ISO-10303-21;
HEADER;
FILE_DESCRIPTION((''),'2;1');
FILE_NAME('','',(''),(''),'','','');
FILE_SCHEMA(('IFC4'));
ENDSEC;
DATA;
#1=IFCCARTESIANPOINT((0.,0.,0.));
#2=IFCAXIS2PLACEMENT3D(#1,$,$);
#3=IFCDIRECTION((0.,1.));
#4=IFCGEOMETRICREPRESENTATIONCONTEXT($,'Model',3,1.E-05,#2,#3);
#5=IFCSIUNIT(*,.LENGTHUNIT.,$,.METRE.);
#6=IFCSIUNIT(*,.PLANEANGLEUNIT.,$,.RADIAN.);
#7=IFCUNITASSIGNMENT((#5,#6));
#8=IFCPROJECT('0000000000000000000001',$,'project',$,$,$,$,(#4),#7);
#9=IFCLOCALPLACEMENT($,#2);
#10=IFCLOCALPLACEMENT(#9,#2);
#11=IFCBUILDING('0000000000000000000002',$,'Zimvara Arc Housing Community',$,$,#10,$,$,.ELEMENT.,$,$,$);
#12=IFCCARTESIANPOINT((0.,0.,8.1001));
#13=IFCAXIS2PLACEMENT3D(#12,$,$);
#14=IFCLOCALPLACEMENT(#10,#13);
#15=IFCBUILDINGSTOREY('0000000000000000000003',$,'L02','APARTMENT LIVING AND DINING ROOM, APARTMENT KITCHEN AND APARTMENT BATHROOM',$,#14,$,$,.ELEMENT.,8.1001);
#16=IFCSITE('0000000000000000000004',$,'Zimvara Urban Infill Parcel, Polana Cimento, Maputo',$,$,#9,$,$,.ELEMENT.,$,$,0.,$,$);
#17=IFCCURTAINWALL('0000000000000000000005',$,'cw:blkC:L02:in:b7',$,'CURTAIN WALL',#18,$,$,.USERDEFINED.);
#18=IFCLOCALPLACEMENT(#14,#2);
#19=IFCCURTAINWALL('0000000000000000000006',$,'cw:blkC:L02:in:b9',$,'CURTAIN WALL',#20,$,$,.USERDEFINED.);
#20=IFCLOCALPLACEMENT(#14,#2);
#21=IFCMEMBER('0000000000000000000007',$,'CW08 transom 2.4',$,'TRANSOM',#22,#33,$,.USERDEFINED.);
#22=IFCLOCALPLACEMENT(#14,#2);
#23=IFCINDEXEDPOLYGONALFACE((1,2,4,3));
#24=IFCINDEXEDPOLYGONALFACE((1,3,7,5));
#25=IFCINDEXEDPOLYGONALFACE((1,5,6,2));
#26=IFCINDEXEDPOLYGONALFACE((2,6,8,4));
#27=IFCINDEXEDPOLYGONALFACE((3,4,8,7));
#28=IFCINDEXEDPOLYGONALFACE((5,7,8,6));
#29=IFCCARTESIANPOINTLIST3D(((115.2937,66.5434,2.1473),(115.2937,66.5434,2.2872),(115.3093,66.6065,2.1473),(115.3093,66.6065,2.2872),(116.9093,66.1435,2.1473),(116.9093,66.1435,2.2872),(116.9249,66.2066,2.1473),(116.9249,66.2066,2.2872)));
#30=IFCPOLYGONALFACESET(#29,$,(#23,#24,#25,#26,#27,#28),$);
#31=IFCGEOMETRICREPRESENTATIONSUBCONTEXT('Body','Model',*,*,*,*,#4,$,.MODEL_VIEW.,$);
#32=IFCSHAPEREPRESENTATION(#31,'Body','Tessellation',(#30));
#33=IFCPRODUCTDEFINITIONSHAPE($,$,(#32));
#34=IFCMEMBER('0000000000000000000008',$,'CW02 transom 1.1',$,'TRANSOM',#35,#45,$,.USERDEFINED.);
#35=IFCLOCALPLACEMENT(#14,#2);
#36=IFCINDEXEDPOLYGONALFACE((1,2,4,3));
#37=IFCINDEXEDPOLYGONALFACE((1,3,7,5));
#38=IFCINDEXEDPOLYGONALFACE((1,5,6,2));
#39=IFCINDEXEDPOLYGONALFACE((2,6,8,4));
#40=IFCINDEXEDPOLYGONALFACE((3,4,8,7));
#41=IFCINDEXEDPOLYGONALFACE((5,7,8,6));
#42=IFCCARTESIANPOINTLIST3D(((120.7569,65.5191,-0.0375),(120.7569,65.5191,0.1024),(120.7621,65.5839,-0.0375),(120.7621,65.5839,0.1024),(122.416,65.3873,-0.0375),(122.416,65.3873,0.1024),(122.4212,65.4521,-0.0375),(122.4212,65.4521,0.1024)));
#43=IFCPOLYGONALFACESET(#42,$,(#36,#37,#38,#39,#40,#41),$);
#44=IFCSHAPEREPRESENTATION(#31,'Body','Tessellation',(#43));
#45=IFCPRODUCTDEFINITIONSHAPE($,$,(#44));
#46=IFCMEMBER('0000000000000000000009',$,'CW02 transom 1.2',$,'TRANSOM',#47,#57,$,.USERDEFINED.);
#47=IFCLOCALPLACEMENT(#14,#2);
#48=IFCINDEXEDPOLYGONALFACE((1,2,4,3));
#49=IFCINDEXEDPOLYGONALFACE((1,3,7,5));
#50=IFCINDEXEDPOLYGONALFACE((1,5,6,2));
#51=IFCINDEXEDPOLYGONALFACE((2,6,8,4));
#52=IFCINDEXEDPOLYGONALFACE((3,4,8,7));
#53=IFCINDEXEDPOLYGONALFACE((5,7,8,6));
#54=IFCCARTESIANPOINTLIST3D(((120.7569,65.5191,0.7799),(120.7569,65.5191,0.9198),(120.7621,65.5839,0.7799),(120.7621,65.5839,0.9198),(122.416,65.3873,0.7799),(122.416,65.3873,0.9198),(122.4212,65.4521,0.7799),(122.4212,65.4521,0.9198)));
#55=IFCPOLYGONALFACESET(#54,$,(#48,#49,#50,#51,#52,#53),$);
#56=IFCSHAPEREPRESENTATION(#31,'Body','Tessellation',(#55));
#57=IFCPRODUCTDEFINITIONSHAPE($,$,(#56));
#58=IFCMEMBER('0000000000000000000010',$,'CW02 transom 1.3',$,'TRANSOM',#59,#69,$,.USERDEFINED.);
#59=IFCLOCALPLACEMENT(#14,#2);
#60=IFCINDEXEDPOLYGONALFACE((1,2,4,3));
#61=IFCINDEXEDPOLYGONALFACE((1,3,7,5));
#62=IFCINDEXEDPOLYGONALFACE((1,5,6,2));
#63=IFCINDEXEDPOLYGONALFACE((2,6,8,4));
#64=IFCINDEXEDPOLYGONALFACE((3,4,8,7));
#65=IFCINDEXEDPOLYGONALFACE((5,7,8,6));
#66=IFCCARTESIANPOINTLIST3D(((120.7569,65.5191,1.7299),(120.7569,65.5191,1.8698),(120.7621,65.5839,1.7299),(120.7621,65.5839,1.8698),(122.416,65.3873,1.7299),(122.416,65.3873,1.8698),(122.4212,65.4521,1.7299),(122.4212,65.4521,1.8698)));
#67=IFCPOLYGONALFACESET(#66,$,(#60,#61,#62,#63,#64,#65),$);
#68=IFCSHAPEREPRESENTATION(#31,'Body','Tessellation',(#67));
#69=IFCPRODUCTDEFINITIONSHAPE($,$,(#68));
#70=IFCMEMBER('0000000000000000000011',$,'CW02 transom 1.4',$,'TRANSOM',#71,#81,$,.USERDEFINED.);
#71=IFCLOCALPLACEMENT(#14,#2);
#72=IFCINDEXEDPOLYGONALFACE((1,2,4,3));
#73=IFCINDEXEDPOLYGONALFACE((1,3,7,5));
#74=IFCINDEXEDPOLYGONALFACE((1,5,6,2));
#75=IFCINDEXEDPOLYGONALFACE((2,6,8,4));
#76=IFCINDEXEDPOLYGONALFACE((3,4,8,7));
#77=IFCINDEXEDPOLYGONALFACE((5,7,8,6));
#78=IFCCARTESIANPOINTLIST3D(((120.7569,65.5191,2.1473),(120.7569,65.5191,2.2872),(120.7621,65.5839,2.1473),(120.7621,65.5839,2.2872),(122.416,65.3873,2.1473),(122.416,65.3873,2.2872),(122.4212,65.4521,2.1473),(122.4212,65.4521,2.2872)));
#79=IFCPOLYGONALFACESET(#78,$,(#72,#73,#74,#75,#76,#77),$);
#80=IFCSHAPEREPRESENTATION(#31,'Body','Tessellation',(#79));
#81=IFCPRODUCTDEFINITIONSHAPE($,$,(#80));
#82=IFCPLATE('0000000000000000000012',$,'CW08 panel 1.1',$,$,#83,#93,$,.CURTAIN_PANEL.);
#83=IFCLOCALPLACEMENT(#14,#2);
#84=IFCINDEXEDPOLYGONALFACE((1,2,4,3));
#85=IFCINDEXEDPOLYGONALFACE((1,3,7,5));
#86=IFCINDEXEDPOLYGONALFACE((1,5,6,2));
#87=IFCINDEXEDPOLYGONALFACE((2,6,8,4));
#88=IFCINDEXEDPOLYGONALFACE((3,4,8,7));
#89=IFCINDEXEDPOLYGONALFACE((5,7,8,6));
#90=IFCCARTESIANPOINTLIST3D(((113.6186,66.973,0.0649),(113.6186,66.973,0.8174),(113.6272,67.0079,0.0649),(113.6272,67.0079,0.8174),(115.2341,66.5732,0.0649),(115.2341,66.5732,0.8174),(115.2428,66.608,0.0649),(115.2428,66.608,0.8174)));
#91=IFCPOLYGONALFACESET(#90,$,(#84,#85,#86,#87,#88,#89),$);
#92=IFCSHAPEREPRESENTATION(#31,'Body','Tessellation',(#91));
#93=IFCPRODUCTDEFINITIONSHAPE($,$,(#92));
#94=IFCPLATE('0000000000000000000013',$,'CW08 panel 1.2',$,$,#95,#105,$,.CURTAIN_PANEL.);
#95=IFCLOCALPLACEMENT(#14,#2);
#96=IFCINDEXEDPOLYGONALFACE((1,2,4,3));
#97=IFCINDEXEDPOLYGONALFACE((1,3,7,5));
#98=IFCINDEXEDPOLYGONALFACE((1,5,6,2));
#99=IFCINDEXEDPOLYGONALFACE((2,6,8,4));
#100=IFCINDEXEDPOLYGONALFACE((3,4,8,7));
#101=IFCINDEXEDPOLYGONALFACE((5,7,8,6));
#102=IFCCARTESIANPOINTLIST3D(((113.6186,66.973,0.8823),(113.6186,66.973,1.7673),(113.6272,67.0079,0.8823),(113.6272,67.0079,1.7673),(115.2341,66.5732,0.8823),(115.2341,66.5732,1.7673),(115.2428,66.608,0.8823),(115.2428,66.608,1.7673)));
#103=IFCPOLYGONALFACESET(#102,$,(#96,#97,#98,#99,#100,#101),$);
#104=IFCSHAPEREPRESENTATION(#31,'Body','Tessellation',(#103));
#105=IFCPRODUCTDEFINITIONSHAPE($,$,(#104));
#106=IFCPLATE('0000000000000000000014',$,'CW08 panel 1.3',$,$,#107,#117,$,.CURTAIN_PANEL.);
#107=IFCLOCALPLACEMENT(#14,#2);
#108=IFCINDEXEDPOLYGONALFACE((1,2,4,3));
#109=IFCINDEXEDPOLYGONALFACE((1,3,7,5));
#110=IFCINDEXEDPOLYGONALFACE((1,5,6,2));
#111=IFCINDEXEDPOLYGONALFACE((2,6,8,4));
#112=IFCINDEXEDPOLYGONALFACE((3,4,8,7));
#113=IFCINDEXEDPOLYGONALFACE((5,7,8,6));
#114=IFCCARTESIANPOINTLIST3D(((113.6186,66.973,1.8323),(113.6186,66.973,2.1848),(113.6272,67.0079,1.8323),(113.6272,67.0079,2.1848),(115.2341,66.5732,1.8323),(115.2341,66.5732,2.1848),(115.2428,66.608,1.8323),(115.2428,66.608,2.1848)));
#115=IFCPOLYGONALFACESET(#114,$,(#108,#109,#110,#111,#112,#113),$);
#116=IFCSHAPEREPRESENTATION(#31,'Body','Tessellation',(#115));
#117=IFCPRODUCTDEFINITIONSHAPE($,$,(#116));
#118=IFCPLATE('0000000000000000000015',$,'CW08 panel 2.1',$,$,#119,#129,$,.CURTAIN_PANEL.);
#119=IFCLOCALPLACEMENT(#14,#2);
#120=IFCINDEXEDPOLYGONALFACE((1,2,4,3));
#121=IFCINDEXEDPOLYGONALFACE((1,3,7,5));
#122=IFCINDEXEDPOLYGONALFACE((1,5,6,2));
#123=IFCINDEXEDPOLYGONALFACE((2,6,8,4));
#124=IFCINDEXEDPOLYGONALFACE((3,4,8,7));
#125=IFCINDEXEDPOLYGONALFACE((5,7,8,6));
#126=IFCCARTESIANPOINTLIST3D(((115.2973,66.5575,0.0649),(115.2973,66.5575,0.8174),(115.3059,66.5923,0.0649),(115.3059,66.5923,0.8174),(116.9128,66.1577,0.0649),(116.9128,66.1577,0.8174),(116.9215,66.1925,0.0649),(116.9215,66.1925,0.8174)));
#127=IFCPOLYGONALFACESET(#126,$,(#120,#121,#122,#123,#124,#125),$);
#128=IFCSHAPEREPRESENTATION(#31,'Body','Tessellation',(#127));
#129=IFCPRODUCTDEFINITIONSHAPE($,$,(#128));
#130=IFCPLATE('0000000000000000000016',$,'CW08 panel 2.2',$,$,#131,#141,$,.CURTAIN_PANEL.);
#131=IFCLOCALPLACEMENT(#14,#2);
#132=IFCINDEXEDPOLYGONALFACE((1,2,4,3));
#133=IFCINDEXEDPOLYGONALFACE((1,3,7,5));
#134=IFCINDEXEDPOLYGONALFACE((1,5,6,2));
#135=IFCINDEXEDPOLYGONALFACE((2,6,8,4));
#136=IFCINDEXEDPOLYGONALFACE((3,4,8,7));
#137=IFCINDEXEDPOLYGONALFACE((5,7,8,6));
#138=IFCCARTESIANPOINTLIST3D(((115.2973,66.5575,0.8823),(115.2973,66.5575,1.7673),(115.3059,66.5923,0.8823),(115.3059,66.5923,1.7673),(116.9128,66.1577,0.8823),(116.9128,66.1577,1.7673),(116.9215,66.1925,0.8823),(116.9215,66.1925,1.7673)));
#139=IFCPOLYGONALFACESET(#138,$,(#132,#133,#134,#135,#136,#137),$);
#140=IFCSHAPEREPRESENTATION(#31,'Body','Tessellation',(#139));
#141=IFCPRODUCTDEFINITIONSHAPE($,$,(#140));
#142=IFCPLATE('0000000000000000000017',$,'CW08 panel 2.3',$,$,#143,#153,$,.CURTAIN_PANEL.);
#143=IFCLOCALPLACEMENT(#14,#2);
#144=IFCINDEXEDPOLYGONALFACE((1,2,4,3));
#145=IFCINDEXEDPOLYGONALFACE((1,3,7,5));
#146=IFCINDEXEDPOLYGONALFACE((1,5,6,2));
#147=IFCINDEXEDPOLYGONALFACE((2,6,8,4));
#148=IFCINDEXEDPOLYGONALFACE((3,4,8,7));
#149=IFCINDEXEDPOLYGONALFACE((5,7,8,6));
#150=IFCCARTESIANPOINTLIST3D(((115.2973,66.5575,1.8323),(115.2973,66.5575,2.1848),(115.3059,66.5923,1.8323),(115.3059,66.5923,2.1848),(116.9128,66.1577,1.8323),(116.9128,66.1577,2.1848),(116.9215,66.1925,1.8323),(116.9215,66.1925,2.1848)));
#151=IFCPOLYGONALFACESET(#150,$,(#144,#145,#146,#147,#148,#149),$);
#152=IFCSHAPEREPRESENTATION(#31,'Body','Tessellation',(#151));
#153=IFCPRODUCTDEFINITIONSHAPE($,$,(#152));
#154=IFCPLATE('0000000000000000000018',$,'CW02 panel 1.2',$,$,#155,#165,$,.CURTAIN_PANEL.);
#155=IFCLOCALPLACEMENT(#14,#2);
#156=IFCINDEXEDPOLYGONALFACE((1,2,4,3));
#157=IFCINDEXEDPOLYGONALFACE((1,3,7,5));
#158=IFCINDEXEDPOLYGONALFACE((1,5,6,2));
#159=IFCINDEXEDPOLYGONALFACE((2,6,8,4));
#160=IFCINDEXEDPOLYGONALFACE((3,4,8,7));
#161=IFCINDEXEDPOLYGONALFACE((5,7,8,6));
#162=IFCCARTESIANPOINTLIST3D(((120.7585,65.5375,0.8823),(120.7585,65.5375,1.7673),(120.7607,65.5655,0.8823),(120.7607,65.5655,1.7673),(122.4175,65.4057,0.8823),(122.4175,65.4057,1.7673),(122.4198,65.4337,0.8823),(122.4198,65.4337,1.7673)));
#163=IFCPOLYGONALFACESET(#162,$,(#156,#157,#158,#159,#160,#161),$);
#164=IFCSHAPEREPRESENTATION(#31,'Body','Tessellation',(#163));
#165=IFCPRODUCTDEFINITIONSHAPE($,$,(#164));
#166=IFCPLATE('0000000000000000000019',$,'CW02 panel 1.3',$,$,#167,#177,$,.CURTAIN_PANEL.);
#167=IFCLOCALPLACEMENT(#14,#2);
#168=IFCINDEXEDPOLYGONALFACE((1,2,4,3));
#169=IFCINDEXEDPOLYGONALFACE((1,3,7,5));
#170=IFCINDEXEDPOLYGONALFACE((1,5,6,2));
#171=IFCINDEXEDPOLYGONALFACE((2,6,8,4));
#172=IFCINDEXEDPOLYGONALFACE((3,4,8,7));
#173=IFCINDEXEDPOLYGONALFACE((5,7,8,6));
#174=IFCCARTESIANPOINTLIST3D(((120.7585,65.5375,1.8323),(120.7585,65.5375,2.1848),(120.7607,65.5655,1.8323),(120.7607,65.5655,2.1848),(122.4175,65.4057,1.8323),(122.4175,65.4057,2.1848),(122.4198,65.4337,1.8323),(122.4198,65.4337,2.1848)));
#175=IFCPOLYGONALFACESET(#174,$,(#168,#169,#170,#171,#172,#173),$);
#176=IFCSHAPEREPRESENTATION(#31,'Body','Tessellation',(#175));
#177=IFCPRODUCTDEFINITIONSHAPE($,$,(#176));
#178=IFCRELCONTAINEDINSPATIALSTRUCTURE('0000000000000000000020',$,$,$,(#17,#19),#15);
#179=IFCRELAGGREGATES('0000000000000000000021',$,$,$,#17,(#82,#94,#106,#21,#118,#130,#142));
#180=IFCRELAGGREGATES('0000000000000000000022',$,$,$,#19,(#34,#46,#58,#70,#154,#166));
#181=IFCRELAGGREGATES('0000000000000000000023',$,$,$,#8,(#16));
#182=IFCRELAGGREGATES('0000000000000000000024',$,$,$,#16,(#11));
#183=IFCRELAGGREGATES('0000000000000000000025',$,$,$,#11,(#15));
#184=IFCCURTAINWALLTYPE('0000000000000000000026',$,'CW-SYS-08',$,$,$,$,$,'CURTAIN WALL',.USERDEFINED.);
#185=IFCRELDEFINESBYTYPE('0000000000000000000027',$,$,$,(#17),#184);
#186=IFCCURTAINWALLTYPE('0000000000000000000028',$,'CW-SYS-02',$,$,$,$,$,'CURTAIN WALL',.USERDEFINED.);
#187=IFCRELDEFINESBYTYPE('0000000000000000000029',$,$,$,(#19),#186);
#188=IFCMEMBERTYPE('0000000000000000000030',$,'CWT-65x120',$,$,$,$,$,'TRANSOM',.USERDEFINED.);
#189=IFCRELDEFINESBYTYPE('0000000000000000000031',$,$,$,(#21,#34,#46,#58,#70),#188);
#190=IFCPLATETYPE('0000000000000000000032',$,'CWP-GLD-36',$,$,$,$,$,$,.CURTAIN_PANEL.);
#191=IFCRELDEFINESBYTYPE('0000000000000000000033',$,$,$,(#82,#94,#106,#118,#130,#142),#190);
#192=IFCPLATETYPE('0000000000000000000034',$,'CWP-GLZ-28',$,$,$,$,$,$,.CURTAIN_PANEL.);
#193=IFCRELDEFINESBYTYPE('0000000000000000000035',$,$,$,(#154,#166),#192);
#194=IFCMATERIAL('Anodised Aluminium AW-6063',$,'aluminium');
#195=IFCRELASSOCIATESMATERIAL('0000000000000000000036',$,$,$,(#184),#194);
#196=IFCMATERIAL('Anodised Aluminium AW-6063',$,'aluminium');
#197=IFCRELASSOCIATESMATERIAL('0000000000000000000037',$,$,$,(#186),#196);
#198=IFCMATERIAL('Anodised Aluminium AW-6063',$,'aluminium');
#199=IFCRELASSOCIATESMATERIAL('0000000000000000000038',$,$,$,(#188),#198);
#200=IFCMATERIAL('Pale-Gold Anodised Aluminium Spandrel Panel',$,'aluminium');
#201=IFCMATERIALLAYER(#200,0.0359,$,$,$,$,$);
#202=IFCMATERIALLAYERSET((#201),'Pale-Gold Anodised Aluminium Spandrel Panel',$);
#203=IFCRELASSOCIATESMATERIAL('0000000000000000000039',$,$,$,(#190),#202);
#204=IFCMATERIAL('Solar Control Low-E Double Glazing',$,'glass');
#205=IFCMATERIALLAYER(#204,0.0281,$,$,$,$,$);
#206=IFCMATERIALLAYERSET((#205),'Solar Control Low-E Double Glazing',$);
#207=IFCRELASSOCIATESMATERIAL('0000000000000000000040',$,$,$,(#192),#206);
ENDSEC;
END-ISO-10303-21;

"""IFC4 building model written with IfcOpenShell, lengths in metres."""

from ifc_helpers import new_model, si_unit, direction, frame, origin, origin_2d, place, context, subcontext, project, spatial, rectangle, extrude, material, layer, layer_set, material_profile, profile_set, type_object, element, aggregate, save


model = new_model("IFC4")

# Units and contexts
model_context = context("Model", 3, precision=1e-05, world=origin(), true_north=direction((0.0, 1.0)))
body_context = subcontext(model_context, "Body", "Model", "MODEL_VIEW")
ifc_project = project(units=[si_unit("LENGTHUNIT", "METRE"), si_unit("PLANEANGLEUNIT", "RADIAN")], contexts=[model_context])

# Site, building, storey
site_placement = place(None, origin())
site = spatial("IfcSite", under=ifc_project, at=site_placement, Name="Zimvara Urban Infill Parcel, Polana Cimento, Maputo", CompositionType="ELEMENT", RefElevation=0.0)
building_placement = place(site_placement, origin())
building = spatial("IfcBuilding", under=site, at=building_placement, Name="Zimvara Arc Housing Community", CompositionType="ELEMENT")
storey_placement = place(building_placement, frame((0.0, 0.0, 8.1001)))
storey = spatial("IfcBuildingStorey", under=building, at=storey_placement, Name="L02", Description="APARTMENT LIVING AND DINING ROOM, APARTMENT KITCHEN AND APARTMENT BATHROOM", CompositionType="ELEMENT", Elevation=8.1001)

# Curtain wall
ifc_material_1 = material(Name="Anodised Aluminium AW-6063", Category="aluminium")
curtain_wall_type_1 = type_object("IfcCurtainWallType", Name="CW-SYS-08", ElementType="CURTAIN WALL", PredefinedType="USERDEFINED", material=ifc_material_1)
curtain_wall_1_placement = place(storey_placement, origin())
curtain_wall_1 = element("IfcCurtainWall", 1, at=curtain_wall_1_placement, inside=storey, type_object=curtain_wall_type_1, Name="cw:blkC:L02:in:b7", ObjectType="CURTAIN WALL", PredefinedType="USERDEFINED")

# Curtain wall
ifc_material_2 = material(Name="Anodised Aluminium AW-6063", Category="aluminium")
curtain_wall_type_2 = type_object("IfcCurtainWallType", Name="CW-SYS-02", ElementType="CURTAIN WALL", PredefinedType="USERDEFINED", material=ifc_material_2)
curtain_wall_2_placement = place(storey_placement, origin())
curtain_wall_2 = element("IfcCurtainWall", 2, at=curtain_wall_2_placement, inside=storey, type_object=curtain_wall_type_2, Name="cw:blkC:L02:in:b9", ObjectType="CURTAIN WALL", PredefinedType="USERDEFINED")

# Members
ifc_material_3 = material(Name="Anodised Aluminium AW-6063", Category="aluminium")
ifc_material_profile_1 = material_profile(ifc_material_3, rectangle(XDim=0.0649, YDim=0.1399, at=origin_2d()), Name="ALU 65x140")
ifc_profile_set_1 = profile_set([ifc_material_profile_1], Name="Anodised Aluminium AW-6063")
member_type_1 = type_object("IfcMemberType", Name="CWT-65x120", ElementType="TRANSOM", PredefinedType="USERDEFINED", material=ifc_profile_set_1)
member_1_placement = place(storey_placement, frame((115.3015, 66.575, 2.2173), z_axis=(0.970701, -0.240291, 0.0), x_axis=(0.240291, 0.970701, 0.0)))
member_1 = element("IfcMember", 3, at=member_1_placement, type_object=member_type_1, Name="CW08 transom 2.4", ObjectType="TRANSOM", PredefinedType="USERDEFINED", context=body_context, shape_type="SweptSolid", body=[
    extrude(rectangle(XDim=0.0649, YDim=0.1399, at=origin_2d()), origin(), (0.0, 0.0, 1.0), 1.6643),
])
member_2_placement = place(storey_placement, frame((120.7595, 65.5515, 0.0325), z_axis=(0.996858, -0.079209, 0.0), x_axis=(0.079209, 0.996858, 0.0)))
member_2 = element("IfcMember", 4, at=member_2_placement, type_object=member_type_1, Name="CW02 transom 1.1", ObjectType="TRANSOM", PredefinedType="USERDEFINED", context=body_context, shape_type="SweptSolid", body=[
    extrude(rectangle(XDim=0.0649, YDim=0.1399, at=origin_2d()), origin(), (0.0, 0.0, 1.0), 1.6643),
])
member_3_placement = place(storey_placement, frame((120.7595, 65.5515, 0.8499), z_axis=(0.996858, -0.079209, 0.0), x_axis=(0.079209, 0.996858, 0.0)))
member_3 = element("IfcMember", 5, at=member_3_placement, type_object=member_type_1, Name="CW02 transom 1.2", ObjectType="TRANSOM", PredefinedType="USERDEFINED", context=body_context, shape_type="SweptSolid", body=[
    extrude(rectangle(XDim=0.0649, YDim=0.1399, at=origin_2d()), origin(), (0.0, 0.0, 1.0), 1.6643),
])
member_4_placement = place(storey_placement, frame((120.7595, 65.5515, 1.7998), z_axis=(0.996858, -0.079209, 0.0), x_axis=(0.079209, 0.996858, 0.0)))
member_4 = element("IfcMember", 6, at=member_4_placement, type_object=member_type_1, Name="CW02 transom 1.3", ObjectType="TRANSOM", PredefinedType="USERDEFINED", context=body_context, shape_type="SweptSolid", body=[
    extrude(rectangle(XDim=0.0649, YDim=0.1399, at=origin_2d()), origin(), (0.0, 0.0, 1.0), 1.6643),
])
member_5_placement = place(storey_placement, frame((120.7595, 65.5515, 2.2173), z_axis=(0.996858, -0.079209, 0.0), x_axis=(0.079209, 0.996858, 0.0)))
member_5 = element("IfcMember", 7, at=member_5_placement, type_object=member_type_1, Name="CW02 transom 1.4", ObjectType="TRANSOM", PredefinedType="USERDEFINED", context=body_context, shape_type="SweptSolid", body=[
    extrude(rectangle(XDim=0.0649, YDim=0.1399, at=origin_2d()), origin(), (0.0, 0.0, 1.0), 1.6643),
])

# Plates
ifc_material_4 = material(Name="Pale-Gold Anodised Aluminium Spandrel Panel", Category="aluminium")
ifc_layer_1 = layer(ifc_material_4, 0.0359)
ifc_layer_set_1 = layer_set([ifc_layer_1], Name="Pale-Gold Anodised Aluminium Spandrel Panel")
plate_type_1 = type_object("IfcPlateType", Name="CWP-GLD-36", PredefinedType="CURTAIN_PANEL", material=ifc_layer_set_1)
plate_1_placement = place(storey_placement, frame((114.4307, 66.7905, 0.0649), z_axis=(0.0, 0.0, 1.0), x_axis=(0.970717, -0.240228, 0.0)))
plate_1 = element("IfcPlate", 8, at=plate_1_placement, type_object=plate_type_1, Name="CW08 panel 1.1", PredefinedType="CURTAIN_PANEL", context=body_context, shape_type="SweptSolid", body=[
    extrude(rectangle(XDim=1.6643, YDim=0.0359, at=origin_2d()), origin(), (0.0, 0.0, 1.0), 0.7524),
])
plate_2_placement = place(storey_placement, frame((114.4307, 66.7905, 0.8823), z_axis=(0.0, 0.0, 1.0), x_axis=(0.970717, -0.240228, 0.0)))
plate_2 = element("IfcPlate", 9, at=plate_2_placement, type_object=plate_type_1, Name="CW08 panel 1.2", PredefinedType="CURTAIN_PANEL", context=body_context, shape_type="SweptSolid", body=[
    extrude(rectangle(XDim=1.6643, YDim=0.0359, at=origin_2d()), origin(), (0.0, 0.0, 1.0), 0.885),
])
plate_3_placement = place(storey_placement, frame((114.4307, 66.7905, 1.8323), z_axis=(0.0, 0.0, 1.0), x_axis=(0.970717, -0.240228, 0.0)))
plate_3 = element("IfcPlate", 10, at=plate_3_placement, type_object=plate_type_1, Name="CW08 panel 1.3", PredefinedType="CURTAIN_PANEL", context=body_context, shape_type="SweptSolid", body=[
    extrude(rectangle(XDim=1.6643, YDim=0.0359, at=origin_2d()), origin(), (0.0, 0.0, 1.0), 0.3525),
])
plate_4_placement = place(storey_placement, frame((116.1094, 66.375, 0.0649), z_axis=(0.0, 0.0, 1.0), x_axis=(0.970717, -0.240228, 0.0)))
plate_4 = element("IfcPlate", 11, at=plate_4_placement, type_object=plate_type_1, Name="CW08 panel 2.1", PredefinedType="CURTAIN_PANEL", context=body_context, shape_type="SweptSolid", body=[
    extrude(rectangle(XDim=1.6643, YDim=0.0359, at=origin_2d()), origin(), (0.0, 0.0, 1.0), 0.7524),
])
plate_5_placement = place(storey_placement, frame((116.1094, 66.375, 0.8823), z_axis=(0.0, 0.0, 1.0), x_axis=(0.970717, -0.240228, 0.0)))
plate_5 = element("IfcPlate", 12, at=plate_5_placement, type_object=plate_type_1, Name="CW08 panel 2.2", PredefinedType="CURTAIN_PANEL", context=body_context, shape_type="SweptSolid", body=[
    extrude(rectangle(XDim=1.6643, YDim=0.0359, at=origin_2d()), origin(), (0.0, 0.0, 1.0), 0.885),
])
plate_6_placement = place(storey_placement, frame((116.1094, 66.375, 1.8323), z_axis=(0.0, 0.0, 1.0), x_axis=(0.970717, -0.240228, 0.0)))
plate_6 = element("IfcPlate", 13, at=plate_6_placement, type_object=plate_type_1, Name="CW08 panel 2.3", PredefinedType="CURTAIN_PANEL", context=body_context, shape_type="SweptSolid", body=[
    extrude(rectangle(XDim=1.6643, YDim=0.0359, at=origin_2d()), origin(), (0.0, 0.0, 1.0), 0.3525),
])
aggregate(curtain_wall_1, [plate_1, plate_2, plate_3, member_1, plate_4, plate_5, plate_6])
ifc_material_5 = material(Name="Solar Control Low-E Double Glazing", Category="glass")
ifc_layer_2 = layer(ifc_material_5, 0.0281)
ifc_layer_set_2 = layer_set([ifc_layer_2], Name="Solar Control Low-E Double Glazing")
plate_type_2 = type_object("IfcPlateType", Name="CWP-GLZ-28", PredefinedType="CURTAIN_PANEL", material=ifc_layer_set_2)
plate_7_placement = place(storey_placement, frame((121.5891, 65.4856, 0.8823), z_axis=(0.0, 0.0, 1.0), x_axis=(0.996862, -0.079155, 0.0)))
plate_7 = element("IfcPlate", 14, at=plate_7_placement, type_object=plate_type_2, Name="CW02 panel 1.2", PredefinedType="CURTAIN_PANEL", context=body_context, shape_type="SweptSolid", body=[
    extrude(rectangle(XDim=1.6643, YDim=0.0281, at=origin_2d()), origin(), (0.0, 0.0, 1.0), 0.885),
])
plate_8_placement = place(storey_placement, frame((121.5891, 65.4856, 1.8323), z_axis=(0.0, 0.0, 1.0), x_axis=(0.996862, -0.079155, 0.0)))
plate_8 = element("IfcPlate", 15, at=plate_8_placement, type_object=plate_type_2, Name="CW02 panel 1.3", PredefinedType="CURTAIN_PANEL", context=body_context, shape_type="SweptSolid", body=[
    extrude(rectangle(XDim=1.6643, YDim=0.0281, at=origin_2d()), origin(), (0.0, 0.0, 1.0), 0.3525),
])
aggregate(curtain_wall_2, [member_2, member_3, member_4, member_5, plate_7, plate_8])

save(model, "model.ifc")
